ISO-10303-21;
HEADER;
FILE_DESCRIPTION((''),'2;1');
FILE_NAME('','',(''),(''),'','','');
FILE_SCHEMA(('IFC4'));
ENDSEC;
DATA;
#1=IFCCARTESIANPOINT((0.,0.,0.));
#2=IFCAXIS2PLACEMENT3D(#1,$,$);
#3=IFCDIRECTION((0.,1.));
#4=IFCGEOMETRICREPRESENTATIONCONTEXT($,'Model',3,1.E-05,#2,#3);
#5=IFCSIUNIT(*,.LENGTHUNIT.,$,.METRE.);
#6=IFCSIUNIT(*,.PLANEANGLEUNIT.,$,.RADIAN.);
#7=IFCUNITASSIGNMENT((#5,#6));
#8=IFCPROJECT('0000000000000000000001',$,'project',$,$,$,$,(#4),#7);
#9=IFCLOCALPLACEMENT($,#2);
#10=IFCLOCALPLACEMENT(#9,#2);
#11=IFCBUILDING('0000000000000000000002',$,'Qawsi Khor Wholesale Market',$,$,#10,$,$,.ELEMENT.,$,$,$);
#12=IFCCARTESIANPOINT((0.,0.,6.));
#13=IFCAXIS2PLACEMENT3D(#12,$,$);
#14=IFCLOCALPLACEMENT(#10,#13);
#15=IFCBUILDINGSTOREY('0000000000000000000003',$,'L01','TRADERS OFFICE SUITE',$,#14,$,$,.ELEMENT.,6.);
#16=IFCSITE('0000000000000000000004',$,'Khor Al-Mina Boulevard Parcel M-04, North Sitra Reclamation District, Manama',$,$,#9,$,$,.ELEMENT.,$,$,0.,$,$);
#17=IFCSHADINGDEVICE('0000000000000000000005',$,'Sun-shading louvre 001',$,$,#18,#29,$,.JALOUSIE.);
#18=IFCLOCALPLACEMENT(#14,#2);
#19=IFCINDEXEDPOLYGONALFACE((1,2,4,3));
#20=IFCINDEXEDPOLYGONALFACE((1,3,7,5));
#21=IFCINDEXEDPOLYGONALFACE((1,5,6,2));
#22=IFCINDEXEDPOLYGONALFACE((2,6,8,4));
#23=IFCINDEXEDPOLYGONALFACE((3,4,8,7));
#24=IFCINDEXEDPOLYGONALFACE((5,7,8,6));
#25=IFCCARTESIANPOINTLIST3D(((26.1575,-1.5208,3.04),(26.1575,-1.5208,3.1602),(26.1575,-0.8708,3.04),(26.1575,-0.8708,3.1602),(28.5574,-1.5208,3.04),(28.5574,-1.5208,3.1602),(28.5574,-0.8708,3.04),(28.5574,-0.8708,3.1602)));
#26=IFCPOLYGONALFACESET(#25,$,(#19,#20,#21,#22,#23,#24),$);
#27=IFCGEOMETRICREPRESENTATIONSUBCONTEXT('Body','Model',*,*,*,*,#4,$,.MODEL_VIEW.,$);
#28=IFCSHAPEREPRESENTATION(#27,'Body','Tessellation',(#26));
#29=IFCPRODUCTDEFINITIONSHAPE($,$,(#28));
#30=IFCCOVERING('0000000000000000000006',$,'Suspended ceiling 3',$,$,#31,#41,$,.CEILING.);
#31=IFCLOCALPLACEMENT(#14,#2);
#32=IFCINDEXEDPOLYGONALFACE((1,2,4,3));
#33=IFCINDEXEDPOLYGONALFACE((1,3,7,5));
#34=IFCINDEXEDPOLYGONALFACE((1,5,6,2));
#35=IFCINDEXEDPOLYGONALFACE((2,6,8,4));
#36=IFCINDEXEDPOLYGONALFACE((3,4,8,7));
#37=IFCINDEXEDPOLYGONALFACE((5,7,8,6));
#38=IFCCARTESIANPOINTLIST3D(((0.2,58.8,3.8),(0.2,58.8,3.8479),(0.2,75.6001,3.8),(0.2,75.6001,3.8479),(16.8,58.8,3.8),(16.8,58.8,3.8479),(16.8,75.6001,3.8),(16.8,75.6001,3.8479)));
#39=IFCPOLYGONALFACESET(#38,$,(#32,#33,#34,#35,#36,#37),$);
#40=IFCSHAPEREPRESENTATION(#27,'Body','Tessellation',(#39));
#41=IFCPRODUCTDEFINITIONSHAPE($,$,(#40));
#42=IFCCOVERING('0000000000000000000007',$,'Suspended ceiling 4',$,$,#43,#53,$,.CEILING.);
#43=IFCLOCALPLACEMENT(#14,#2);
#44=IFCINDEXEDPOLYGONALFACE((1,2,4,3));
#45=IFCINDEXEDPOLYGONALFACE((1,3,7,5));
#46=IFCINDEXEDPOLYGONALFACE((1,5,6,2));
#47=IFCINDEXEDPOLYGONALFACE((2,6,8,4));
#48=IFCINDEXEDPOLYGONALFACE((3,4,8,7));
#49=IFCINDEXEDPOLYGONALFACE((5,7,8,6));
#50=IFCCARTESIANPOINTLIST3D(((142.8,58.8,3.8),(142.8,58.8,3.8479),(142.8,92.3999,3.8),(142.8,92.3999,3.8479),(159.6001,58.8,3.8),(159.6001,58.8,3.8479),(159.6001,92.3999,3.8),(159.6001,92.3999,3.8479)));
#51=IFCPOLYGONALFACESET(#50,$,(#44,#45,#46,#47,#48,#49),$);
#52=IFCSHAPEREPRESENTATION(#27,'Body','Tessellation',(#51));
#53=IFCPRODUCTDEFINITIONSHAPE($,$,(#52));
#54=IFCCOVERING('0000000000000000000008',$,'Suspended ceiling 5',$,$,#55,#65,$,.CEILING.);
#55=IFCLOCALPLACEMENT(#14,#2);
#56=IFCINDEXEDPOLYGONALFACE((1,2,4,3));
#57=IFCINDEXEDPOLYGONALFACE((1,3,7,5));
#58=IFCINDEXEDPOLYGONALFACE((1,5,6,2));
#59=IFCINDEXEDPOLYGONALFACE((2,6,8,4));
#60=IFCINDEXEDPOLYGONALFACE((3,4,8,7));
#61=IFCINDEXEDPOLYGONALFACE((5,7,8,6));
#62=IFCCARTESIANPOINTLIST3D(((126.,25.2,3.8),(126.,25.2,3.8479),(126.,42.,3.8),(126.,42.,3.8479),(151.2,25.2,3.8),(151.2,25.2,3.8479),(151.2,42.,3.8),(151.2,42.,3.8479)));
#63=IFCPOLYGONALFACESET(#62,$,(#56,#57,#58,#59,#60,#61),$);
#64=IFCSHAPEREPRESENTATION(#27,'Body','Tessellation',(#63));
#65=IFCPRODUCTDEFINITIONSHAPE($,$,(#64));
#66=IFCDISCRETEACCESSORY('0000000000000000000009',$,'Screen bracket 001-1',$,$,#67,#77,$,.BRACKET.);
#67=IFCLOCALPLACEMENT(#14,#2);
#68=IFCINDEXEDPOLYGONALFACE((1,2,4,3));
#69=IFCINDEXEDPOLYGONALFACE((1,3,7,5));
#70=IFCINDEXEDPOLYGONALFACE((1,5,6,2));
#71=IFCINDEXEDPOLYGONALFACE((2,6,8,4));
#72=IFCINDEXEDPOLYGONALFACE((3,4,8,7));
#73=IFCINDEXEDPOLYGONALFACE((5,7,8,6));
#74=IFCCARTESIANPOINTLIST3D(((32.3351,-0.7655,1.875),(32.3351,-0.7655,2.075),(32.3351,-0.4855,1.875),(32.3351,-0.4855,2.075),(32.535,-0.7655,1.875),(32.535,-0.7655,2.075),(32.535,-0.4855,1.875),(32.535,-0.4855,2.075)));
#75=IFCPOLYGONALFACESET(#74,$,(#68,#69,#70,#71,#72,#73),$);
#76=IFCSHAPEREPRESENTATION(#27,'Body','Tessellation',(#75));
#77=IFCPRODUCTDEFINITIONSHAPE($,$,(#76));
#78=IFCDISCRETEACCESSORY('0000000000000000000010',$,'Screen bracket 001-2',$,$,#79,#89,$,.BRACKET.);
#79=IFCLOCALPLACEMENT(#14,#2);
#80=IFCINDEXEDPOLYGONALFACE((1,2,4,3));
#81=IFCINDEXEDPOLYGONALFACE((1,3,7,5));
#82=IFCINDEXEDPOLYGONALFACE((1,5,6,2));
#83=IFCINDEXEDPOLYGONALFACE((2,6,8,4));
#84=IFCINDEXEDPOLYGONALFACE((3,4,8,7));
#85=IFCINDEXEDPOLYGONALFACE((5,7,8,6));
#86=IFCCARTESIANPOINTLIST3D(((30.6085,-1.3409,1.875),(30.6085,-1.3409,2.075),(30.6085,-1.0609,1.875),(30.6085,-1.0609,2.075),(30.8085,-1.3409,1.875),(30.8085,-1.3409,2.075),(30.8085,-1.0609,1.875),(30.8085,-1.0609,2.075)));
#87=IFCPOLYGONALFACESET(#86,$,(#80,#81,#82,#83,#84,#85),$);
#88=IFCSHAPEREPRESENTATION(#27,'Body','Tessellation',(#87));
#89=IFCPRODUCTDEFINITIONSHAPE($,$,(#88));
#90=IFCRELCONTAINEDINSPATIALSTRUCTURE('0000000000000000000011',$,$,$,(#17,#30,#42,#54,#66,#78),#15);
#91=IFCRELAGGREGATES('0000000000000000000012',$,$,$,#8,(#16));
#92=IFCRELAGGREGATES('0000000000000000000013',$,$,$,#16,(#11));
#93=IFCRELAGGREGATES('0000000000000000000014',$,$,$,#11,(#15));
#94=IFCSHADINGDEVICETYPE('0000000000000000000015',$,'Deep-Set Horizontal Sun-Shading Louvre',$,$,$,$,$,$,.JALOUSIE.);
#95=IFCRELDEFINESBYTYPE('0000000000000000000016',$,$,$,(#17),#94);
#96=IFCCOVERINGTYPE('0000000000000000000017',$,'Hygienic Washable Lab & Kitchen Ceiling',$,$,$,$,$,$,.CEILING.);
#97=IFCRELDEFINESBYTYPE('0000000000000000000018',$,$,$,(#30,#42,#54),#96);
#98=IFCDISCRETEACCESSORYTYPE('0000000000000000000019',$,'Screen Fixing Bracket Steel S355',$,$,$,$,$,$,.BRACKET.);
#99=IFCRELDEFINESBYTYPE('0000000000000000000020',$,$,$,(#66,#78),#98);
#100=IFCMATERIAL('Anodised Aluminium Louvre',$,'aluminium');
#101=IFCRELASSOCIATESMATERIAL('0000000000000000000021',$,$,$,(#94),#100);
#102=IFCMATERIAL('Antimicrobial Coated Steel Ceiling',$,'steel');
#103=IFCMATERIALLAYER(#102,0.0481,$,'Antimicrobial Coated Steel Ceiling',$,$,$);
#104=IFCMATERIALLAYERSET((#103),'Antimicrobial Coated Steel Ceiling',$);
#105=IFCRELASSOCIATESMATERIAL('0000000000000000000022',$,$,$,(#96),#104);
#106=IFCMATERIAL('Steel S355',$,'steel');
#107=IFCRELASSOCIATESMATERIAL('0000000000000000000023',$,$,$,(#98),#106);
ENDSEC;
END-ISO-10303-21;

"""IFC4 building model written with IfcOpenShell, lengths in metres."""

from ifc_helpers import new_model, si_unit, direction, frame, origin, origin_2d, place, context, subcontext, project, spatial, polyline, rectangle, outline, extrude, material, layer, layer_set, type_object, element, save


model = new_model("IFC4")

# Units and contexts
model_context = context("Model", 3, precision=1e-05, world=origin(), true_north=direction((0.0, 1.0)))
body_context = subcontext(model_context, "Body", "Model", "MODEL_VIEW")
ifc_project = project(units=[si_unit("LENGTHUNIT", "METRE"), si_unit("PLANEANGLEUNIT", "RADIAN")], contexts=[model_context])

# Site, building, storey
site_placement = place(None, origin())
site = spatial("IfcSite", under=ifc_project, at=site_placement, Name="Khor Al-Mina Boulevard Parcel M-04, North Sitra Reclamation District, Manama", CompositionType="ELEMENT", RefElevation=0.0)
building_placement = place(site_placement, origin())
building = spatial("IfcBuilding", under=site, at=building_placement, Name="Qawsi Khor Wholesale Market", CompositionType="ELEMENT")
storey_placement = place(building_placement, frame((0.0, 0.0, 6.0)))
storey = spatial("IfcBuildingStorey", under=building, at=storey_placement, Name="L01", Description="TRADERS OFFICE SUITE", CompositionType="ELEMENT", Elevation=6.0)

# Shared definitions
ifc_material_1 = material(Name="Steel S355", Category="steel")

# Shading device
ifc_material_2 = material(Name="Anodised Aluminium Louvre", Category="aluminium")
shading_device_type = type_object("IfcShadingDeviceType", Name="Deep-Set Horizontal Sun-Shading Louvre", PredefinedType="JALOUSIE", material=ifc_material_2)
shading_device_placement = place(storey_placement, frame((27.3574, -1.1958, 3.04), z_axis=(0.0, 0.0, 1.0), x_axis=(1.0, 0.0, 0.0)))
element("IfcShadingDevice", 1, at=shading_device_placement, inside=storey, type_object=shading_device_type, Name="Sun-shading louvre 001", PredefinedType="JALOUSIE", context=body_context, shape_type="SweptSolid", body=[
    extrude(rectangle(XDim=2.3999, YDim=0.6499, at=origin_2d()), origin(), (0.0, 0.0, 1.0), 0.1201),
])

# Coverings
ifc_material_3 = material(Name="Antimicrobial Coated Steel Ceiling", Category="steel")
ifc_layer_1 = layer(ifc_material_3, 0.0481, Name="Antimicrobial Coated Steel Ceiling")
ifc_layer_set_1 = layer_set([ifc_layer_1], Name="Antimicrobial Coated Steel Ceiling")
covering_type = type_object("IfcCoveringType", Name="Hygienic Washable Lab & Kitchen Ceiling", PredefinedType="CEILING", material=ifc_layer_set_1)
covering_1_placement = place(storey_placement, frame((0.0, 0.0, 3.8)))
element("IfcCovering", 2, at=covering_1_placement, inside=storey, type_object=covering_type, Name="Suspended ceiling 3", PredefinedType="CEILING", context=body_context, shape_type="SweptSolid", body=[
    extrude(outline(polyline([(0.2, 58.8), (16.8, 58.8), (16.8, 75.6001), (0.2, 75.6001), (0.2, 58.8)])), origin(), (0.0, 0.0, 1.0), 0.0479),
])
covering_2_placement = place(storey_placement, frame((0.0, 0.0, 3.8)))
element("IfcCovering", 3, at=covering_2_placement, inside=storey, type_object=covering_type, Name="Suspended ceiling 4", PredefinedType="CEILING", context=body_context, shape_type="SweptSolid", body=[
    extrude(outline(polyline([(142.8, 58.8), (159.6001, 58.8), (159.6001, 92.3999), (142.8, 92.3999), (142.8, 58.8)])), origin(), (0.0, 0.0, 1.0), 0.0479),
])
covering_3_placement = place(storey_placement, frame((0.0, 0.0, 3.8)))
element("IfcCovering", 4, at=covering_3_placement, inside=storey, type_object=covering_type, Name="Suspended ceiling 5", PredefinedType="CEILING", context=body_context, shape_type="SweptSolid", body=[
    extrude(outline(polyline([(126.0, 25.2), (151.2, 25.2), (151.2, 42.0), (126.0, 42.0), (126.0, 25.2)])), origin(), (0.0, 0.0, 1.0), 0.0479),
])

# Discrete accessories
discrete_accessory_type = type_object("IfcDiscreteAccessoryType", Name="Screen Fixing Bracket Steel S355", PredefinedType="BRACKET", material=ifc_material_1)
for number, where, z_axis, x_axis, name in (
    (5, (32.4351, -0.6255, 1.875), (0.0, 0.0, 1.0), (1.0, 0.0, 0.0), "Screen bracket 001-1"),
    (6, (30.7085, -1.2009, 1.875), (0.0, 0.0, 1.0), (1.0, 0.0, 0.0), "Screen bracket 001-2"),
):
    element("IfcDiscreteAccessory", number, at=place(storey_placement, frame(where, z_axis=z_axis, x_axis=x_axis)), inside=storey, type_object=discrete_accessory_type, Name=name, PredefinedType="BRACKET", context=body_context, shape_type="SweptSolid", body=[
        extrude(rectangle(XDim=0.2, YDim=0.28, at=origin_2d()), origin(), (0.0, 0.0, 1.0), 0.2),
    ])

save(model, "model.ifc")
